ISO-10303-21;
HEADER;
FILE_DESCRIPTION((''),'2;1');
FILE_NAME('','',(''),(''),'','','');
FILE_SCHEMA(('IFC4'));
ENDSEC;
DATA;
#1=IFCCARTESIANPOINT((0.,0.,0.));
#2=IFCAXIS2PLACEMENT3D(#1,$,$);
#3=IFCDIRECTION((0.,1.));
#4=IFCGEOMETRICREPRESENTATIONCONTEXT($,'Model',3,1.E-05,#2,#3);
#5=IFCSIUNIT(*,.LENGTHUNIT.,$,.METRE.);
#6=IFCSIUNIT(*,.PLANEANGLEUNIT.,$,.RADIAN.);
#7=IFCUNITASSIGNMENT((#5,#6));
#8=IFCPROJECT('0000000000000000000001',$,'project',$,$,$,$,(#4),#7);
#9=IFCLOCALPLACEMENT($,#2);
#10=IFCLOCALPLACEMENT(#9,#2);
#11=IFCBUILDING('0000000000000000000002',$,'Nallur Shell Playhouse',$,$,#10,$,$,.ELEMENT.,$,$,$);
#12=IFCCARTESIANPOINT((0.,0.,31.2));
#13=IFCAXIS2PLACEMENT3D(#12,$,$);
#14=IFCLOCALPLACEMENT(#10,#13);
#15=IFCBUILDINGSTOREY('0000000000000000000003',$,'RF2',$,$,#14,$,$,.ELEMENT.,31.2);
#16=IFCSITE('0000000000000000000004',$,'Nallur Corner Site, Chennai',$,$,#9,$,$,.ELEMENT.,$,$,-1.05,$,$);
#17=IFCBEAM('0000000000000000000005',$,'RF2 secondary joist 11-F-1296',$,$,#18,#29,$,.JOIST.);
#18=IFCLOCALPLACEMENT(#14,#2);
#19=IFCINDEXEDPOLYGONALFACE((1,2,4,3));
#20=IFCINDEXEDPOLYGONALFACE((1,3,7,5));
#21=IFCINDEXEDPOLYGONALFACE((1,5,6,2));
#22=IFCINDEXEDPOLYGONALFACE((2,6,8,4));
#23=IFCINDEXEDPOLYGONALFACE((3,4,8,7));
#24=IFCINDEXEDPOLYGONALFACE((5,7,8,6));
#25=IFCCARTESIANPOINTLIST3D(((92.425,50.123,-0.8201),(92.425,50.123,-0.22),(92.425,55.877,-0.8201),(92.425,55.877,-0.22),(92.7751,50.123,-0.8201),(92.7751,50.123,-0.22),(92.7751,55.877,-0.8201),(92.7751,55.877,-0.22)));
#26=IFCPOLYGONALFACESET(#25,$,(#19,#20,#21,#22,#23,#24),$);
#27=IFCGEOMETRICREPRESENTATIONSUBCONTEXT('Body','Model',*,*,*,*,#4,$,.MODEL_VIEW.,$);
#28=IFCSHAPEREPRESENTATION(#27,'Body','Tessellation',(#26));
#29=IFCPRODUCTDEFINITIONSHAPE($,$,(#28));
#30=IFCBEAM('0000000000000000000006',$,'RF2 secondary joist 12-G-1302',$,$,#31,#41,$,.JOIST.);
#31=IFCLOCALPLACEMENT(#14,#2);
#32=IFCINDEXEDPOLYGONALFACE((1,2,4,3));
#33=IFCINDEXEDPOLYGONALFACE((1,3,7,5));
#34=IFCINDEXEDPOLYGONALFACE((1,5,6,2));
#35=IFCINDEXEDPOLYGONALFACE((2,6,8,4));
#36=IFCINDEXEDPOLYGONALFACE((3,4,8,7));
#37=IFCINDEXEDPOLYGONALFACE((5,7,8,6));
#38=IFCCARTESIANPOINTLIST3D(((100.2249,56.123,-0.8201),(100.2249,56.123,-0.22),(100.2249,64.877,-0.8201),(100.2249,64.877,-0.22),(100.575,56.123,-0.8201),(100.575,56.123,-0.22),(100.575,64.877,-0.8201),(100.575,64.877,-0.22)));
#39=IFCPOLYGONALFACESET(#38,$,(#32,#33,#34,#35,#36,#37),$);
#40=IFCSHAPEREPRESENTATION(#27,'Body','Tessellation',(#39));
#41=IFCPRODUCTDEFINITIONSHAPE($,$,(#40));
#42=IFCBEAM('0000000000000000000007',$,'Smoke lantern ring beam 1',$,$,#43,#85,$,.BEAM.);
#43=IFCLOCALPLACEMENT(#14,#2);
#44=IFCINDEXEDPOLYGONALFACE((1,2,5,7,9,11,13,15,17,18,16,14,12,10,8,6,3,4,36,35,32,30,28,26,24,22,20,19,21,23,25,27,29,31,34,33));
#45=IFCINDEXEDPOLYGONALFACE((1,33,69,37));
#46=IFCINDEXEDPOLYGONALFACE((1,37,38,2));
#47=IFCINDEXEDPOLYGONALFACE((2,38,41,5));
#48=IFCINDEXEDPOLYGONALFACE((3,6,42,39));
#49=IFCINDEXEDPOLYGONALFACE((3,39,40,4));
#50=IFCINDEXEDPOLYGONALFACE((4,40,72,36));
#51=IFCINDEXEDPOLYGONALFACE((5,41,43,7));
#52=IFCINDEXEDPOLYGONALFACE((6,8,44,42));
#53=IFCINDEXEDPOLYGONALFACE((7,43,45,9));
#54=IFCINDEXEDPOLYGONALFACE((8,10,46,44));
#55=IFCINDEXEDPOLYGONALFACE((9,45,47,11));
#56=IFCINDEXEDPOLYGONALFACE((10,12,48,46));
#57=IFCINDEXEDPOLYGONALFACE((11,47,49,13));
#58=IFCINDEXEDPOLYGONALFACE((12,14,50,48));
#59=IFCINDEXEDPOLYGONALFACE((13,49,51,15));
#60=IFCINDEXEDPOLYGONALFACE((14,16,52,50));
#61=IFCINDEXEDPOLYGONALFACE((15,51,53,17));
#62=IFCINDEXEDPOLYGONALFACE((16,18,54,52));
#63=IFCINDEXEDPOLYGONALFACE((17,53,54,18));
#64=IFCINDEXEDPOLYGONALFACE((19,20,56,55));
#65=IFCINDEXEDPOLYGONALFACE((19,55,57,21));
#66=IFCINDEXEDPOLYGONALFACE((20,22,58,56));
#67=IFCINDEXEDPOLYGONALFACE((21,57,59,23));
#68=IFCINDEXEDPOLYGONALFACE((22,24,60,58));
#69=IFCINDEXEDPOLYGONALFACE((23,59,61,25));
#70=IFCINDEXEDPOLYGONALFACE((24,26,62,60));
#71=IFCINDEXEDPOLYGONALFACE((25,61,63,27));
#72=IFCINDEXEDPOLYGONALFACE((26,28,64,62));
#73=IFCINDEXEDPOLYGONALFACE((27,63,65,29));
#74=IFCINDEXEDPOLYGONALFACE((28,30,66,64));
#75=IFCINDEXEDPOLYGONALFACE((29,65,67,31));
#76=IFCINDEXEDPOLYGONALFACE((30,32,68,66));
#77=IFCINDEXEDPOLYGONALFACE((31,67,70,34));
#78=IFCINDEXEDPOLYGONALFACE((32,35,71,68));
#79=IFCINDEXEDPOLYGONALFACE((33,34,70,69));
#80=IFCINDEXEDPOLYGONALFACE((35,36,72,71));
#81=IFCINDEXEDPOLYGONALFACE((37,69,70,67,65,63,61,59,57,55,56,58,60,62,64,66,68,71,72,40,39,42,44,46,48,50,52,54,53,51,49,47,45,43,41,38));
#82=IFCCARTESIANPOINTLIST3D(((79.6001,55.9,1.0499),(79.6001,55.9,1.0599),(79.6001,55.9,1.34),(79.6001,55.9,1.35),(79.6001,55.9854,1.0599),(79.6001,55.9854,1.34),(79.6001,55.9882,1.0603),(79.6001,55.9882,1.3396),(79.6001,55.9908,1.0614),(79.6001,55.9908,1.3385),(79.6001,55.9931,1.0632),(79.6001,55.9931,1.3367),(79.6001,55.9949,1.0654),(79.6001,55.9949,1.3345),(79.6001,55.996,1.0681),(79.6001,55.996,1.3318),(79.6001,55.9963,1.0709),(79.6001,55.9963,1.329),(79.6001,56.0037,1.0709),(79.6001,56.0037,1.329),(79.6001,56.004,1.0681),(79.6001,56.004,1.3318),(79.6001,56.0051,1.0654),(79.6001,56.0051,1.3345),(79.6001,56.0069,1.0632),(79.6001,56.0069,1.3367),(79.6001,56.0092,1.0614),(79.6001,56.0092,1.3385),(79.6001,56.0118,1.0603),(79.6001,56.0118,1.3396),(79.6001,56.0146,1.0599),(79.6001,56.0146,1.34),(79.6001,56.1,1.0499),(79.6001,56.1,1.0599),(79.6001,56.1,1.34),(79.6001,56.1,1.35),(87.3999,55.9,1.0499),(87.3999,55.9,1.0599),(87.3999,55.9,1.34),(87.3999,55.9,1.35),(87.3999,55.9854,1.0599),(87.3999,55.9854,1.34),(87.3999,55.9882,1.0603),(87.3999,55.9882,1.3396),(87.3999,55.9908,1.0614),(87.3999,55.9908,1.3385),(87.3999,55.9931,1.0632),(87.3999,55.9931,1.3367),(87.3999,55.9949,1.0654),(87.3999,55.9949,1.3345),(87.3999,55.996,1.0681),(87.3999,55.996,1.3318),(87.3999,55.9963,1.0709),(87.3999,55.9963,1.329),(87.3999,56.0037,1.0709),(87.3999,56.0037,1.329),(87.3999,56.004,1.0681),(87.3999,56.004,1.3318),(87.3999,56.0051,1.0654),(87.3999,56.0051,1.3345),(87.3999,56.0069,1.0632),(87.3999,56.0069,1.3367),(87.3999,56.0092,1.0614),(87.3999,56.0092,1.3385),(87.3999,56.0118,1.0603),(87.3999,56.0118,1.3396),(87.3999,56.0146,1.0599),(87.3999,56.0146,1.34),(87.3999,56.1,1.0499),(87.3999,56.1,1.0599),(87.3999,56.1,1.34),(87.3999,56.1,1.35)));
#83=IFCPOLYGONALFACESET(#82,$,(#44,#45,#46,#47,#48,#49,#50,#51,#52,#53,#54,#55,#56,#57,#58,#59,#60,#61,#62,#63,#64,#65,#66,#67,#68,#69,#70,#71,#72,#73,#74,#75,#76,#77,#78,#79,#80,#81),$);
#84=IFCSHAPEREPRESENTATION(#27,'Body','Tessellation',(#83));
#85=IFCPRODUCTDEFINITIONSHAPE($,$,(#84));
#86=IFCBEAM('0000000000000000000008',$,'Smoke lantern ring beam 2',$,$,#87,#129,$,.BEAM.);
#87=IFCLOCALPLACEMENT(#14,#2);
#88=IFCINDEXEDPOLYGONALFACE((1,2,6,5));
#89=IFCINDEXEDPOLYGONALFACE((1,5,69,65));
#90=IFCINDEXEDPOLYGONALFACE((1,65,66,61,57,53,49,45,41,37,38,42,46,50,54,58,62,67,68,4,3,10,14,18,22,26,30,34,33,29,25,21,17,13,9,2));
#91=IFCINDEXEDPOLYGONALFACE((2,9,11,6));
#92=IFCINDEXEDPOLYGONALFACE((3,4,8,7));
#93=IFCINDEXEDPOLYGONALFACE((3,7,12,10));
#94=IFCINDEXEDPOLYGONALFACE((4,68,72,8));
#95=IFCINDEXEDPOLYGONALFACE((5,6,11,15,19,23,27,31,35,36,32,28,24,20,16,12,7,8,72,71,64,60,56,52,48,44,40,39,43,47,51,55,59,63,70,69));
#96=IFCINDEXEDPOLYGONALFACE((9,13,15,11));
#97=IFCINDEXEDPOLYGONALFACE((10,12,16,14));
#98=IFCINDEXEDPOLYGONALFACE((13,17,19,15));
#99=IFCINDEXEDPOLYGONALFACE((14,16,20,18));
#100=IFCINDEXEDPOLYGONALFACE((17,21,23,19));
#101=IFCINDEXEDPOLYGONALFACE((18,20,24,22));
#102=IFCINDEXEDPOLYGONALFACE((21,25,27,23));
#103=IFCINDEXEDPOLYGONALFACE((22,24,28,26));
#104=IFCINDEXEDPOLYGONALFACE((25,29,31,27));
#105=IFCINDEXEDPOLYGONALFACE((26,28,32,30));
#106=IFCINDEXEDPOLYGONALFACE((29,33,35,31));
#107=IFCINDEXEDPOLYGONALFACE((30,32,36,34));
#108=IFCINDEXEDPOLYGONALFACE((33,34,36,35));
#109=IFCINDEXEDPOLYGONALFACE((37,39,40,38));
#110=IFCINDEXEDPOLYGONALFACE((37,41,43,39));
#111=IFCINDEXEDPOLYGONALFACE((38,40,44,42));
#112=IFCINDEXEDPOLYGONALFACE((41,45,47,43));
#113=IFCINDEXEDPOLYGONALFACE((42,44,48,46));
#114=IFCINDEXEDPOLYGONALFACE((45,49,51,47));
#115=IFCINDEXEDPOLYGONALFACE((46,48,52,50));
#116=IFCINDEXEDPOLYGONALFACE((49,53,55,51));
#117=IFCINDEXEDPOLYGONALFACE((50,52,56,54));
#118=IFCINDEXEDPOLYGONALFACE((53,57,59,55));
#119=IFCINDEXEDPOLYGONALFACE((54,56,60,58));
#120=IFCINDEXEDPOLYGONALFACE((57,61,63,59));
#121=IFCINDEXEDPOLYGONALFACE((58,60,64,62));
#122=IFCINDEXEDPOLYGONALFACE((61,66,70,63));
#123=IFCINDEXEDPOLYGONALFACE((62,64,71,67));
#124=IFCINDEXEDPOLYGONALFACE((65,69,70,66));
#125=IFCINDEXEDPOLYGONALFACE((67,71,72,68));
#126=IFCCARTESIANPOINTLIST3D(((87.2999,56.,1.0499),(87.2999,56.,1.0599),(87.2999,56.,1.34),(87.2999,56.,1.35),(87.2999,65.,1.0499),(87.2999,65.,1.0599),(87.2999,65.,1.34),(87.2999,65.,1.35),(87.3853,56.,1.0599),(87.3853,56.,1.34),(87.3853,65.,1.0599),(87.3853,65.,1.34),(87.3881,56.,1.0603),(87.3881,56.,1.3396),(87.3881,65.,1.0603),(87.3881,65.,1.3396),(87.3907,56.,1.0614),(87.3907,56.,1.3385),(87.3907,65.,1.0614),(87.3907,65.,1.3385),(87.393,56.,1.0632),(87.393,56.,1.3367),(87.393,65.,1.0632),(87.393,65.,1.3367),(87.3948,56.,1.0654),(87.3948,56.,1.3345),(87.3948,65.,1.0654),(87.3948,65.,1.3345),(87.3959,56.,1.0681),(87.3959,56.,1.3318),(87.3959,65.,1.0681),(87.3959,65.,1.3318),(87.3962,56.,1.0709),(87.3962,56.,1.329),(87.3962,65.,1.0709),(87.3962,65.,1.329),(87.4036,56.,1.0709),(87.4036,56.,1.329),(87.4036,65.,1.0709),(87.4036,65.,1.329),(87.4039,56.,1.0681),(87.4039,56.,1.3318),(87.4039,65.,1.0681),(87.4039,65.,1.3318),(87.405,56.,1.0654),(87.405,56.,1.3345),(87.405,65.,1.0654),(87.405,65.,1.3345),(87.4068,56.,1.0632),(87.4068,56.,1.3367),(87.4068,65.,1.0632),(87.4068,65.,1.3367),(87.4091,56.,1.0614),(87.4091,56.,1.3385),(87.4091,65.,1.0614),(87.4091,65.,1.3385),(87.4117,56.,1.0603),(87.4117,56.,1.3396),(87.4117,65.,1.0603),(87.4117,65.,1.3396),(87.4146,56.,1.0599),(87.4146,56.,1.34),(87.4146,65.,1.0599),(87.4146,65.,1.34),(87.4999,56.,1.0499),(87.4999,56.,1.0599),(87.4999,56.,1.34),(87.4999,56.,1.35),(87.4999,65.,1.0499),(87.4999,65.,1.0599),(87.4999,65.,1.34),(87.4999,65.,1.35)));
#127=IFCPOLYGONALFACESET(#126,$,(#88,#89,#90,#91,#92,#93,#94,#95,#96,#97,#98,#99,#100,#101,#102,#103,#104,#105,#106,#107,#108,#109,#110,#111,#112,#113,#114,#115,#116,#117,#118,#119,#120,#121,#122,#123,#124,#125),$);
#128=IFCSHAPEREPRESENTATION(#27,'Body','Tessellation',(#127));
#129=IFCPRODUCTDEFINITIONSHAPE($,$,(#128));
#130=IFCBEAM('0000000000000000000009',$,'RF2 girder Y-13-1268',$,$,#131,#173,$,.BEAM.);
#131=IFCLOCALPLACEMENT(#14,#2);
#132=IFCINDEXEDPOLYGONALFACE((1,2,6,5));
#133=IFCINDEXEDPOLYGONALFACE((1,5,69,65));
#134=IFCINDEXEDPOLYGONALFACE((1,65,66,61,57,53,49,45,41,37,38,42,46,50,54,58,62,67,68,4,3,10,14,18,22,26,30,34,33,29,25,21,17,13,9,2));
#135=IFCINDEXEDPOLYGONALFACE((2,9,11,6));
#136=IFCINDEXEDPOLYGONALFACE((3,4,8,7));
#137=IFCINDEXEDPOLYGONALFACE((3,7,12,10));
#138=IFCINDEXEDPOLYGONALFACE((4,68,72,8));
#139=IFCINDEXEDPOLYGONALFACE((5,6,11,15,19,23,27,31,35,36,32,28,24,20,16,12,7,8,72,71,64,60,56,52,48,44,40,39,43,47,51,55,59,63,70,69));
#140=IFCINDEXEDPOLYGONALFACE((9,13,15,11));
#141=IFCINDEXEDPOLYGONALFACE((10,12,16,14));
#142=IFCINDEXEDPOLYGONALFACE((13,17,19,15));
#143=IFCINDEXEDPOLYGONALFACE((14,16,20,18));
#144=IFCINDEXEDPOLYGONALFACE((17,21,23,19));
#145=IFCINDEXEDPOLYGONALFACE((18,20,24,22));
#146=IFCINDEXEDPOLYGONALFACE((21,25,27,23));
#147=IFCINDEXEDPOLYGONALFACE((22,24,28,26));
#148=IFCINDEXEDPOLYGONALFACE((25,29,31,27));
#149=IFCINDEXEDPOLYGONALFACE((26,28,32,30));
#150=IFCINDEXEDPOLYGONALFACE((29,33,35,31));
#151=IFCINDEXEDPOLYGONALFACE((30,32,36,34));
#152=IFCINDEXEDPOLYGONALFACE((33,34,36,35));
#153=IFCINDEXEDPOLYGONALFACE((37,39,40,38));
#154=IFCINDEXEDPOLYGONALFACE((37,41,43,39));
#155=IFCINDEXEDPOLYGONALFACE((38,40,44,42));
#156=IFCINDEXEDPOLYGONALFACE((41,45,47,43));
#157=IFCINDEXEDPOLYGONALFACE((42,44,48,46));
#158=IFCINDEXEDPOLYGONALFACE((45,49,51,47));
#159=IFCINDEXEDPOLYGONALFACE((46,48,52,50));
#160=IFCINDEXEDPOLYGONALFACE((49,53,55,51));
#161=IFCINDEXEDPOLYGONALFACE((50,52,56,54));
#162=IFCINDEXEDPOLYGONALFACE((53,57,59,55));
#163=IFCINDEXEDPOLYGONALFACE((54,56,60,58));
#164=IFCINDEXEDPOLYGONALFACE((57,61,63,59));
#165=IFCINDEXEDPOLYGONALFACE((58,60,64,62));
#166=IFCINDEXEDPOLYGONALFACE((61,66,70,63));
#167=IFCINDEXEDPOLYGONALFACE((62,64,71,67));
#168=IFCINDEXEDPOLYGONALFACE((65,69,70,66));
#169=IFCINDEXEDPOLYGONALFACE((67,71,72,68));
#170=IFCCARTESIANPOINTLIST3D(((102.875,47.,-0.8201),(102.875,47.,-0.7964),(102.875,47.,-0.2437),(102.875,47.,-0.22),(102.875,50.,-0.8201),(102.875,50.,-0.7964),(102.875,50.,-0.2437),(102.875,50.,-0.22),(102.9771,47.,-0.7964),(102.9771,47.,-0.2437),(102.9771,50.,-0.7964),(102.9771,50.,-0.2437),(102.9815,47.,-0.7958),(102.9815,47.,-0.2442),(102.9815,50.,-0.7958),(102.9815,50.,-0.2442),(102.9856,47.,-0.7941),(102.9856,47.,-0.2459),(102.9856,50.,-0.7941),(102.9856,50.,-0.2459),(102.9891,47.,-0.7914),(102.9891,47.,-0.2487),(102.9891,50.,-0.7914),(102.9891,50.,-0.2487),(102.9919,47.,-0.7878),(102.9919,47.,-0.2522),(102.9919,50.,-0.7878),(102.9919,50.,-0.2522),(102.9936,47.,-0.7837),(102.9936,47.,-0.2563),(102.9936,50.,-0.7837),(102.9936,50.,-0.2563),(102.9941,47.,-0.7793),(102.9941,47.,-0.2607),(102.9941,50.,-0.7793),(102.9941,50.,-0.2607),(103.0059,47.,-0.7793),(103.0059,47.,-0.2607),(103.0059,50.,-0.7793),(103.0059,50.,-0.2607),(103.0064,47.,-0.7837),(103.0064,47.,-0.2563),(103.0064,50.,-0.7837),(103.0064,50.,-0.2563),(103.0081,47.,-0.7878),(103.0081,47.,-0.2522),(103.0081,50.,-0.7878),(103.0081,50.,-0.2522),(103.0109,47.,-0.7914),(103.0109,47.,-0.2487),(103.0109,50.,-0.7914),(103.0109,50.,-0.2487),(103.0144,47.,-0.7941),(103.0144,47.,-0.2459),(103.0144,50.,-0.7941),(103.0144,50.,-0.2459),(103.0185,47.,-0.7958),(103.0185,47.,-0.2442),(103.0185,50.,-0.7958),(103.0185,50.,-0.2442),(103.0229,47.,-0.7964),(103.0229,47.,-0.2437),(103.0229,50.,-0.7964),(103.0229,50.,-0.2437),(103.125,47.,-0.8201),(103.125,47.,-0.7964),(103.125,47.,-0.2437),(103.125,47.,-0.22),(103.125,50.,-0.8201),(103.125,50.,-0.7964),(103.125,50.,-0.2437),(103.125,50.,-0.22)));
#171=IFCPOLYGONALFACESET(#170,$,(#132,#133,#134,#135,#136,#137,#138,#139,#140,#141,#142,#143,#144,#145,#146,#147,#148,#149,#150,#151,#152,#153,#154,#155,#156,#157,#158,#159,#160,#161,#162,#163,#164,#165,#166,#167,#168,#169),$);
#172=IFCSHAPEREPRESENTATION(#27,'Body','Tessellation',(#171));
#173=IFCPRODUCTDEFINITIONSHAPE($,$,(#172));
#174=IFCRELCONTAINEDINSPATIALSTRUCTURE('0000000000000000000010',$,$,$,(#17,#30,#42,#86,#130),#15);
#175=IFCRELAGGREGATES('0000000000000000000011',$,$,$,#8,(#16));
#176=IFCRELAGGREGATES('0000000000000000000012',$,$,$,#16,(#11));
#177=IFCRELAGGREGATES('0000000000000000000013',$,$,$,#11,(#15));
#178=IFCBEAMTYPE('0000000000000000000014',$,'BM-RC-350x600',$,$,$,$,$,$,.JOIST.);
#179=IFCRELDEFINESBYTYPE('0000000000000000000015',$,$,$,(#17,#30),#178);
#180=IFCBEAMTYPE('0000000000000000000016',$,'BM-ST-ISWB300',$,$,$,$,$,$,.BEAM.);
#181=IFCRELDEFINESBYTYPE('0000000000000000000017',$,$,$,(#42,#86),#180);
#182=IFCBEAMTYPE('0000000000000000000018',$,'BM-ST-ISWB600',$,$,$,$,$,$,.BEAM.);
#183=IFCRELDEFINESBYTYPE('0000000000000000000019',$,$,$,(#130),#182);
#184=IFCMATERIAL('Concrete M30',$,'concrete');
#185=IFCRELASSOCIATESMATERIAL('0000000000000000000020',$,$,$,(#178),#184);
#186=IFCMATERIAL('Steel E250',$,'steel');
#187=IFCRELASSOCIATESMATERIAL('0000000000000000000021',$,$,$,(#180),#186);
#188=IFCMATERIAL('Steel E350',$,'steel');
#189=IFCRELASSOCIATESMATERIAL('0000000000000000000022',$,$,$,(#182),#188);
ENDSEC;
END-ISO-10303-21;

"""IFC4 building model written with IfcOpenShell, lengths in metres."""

from ifc_helpers import new_model, si_unit, direction, frame, origin, origin_2d, place, context, subcontext, project, spatial, rectangle, i_section, extrude, material, material_profile, profile_set, type_object, element, save


model = new_model("IFC4")

# Units and contexts
model_context = context("Model", 3, precision=1e-05, world=origin(), true_north=direction((0.0, 1.0)))
body_context = subcontext(model_context, "Body", "Model", "MODEL_VIEW")
ifc_project = project(units=[si_unit("LENGTHUNIT", "METRE"), si_unit("PLANEANGLEUNIT", "RADIAN")], contexts=[model_context])

# Site, building, storey
site_placement = place(None, origin())
site = spatial("IfcSite", under=ifc_project, at=site_placement, Name="Nallur Corner Site, Chennai", CompositionType="ELEMENT", RefElevation=-1.05)
building_placement = place(site_placement, origin())
building = spatial("IfcBuilding", under=site, at=building_placement, Name="Nallur Shell Playhouse", CompositionType="ELEMENT")
storey_placement = place(building_placement, frame((0.0, 0.0, 31.2)))
storey = spatial("IfcBuildingStorey", under=building, at=storey_placement, Name="RF2", CompositionType="ELEMENT", Elevation=31.2)

# Beams
ifc_material_1 = material(Name="Steel E250", Category="steel")
ifc_material_2 = material(Name="Concrete M30", Category="concrete")
ifc_material_profile_1 = material_profile(ifc_material_2, rectangle(XDim=0.3501, YDim=0.6001, at=origin_2d()), Name="RC 350x600")
ifc_profile_set_1 = profile_set([ifc_material_profile_1], Name="Concrete M30")
beam_type_1 = type_object("IfcBeamType", Name="BM-RC-350x600", PredefinedType="JOIST", material=ifc_profile_set_1)
beam_1_placement = place(storey_placement, frame((92.6001, 50.123, -0.52), z_axis=(0.0, 1.0, 0.0), x_axis=(-1.0, 0.0, 0.0)))
element("IfcBeam", 1, at=beam_1_placement, inside=storey, type_object=beam_type_1, Name="RF2 secondary joist 11-F-1296", PredefinedType="JOIST", context=body_context, shape_type="SweptSolid", body=[
    extrude(rectangle(XDim=0.3501, YDim=0.6001, at=origin_2d()), origin(), (0.0, 0.0, 1.0), 5.7539),
])
beam_2_placement = place(storey_placement, frame((100.3999, 56.123, -0.52), z_axis=(0.0, 1.0, 0.0), x_axis=(-1.0, 0.0, 0.0)))
element("IfcBeam", 2, at=beam_2_placement, inside=storey, type_object=beam_type_1, Name="RF2 secondary joist 12-G-1302", PredefinedType="JOIST", context=body_context, shape_type="SweptSolid", body=[
    extrude(rectangle(XDim=0.3501, YDim=0.6001, at=origin_2d()), origin(), (0.0, 0.0, 1.0), 8.7539),
])
ifc_material_profile_2 = material_profile(ifc_material_1, i_section(OverallWidth=0.2, OverallDepth=0.3, WebThickness=0.0073, FlangeThickness=0.01, FilletRadius=0.011, at=origin_2d()), Name="ISWB 300")
ifc_profile_set_2 = profile_set([ifc_material_profile_2], Name="Steel E250")
beam_type_2 = type_object("IfcBeamType", Name="BM-ST-ISWB300", PredefinedType="BEAM", material=ifc_profile_set_2)
beam_3_placement = place(storey_placement, frame((79.6001, 56.0, 1.2), z_axis=(1.0, 0.0, 0.0), x_axis=(0.0, 1.0, 0.0)))
element("IfcBeam", 3, at=beam_3_placement, inside=storey, type_object=beam_type_2, Name="Smoke lantern ring beam 1", PredefinedType="BEAM", context=body_context, shape_type="SweptSolid", body=[
    extrude(i_section(OverallWidth=0.2, OverallDepth=0.3, WebThickness=0.0073, FlangeThickness=0.01, FilletRadius=0.011, at=origin_2d()), origin(), (0.0, 0.0, 1.0), 7.7998),
])
beam_4_placement = place(storey_placement, frame((87.3999, 56.0, 1.2), z_axis=(0.0, 1.0, 0.0), x_axis=(-1.0, 0.0, 0.0)))
element("IfcBeam", 4, at=beam_4_placement, inside=storey, type_object=beam_type_2, Name="Smoke lantern ring beam 2", PredefinedType="BEAM", context=body_context, shape_type="SweptSolid", body=[
    extrude(i_section(OverallWidth=0.2, OverallDepth=0.3, WebThickness=0.0073, FlangeThickness=0.01, FilletRadius=0.011, at=origin_2d()), origin(), (0.0, 0.0, 1.0), 9.0),
])
ifc_material_3 = material(Name="Steel E350", Category="steel")
ifc_material_profile_3 = material_profile(ifc_material_3, i_section(OverallWidth=0.25, OverallDepth=0.6001, WebThickness=0.0117, FlangeThickness=0.0237, FilletRadius=0.0171, at=origin_2d()), Name="ISWB 600")
ifc_profile_set_3 = profile_set([ifc_material_profile_3], Name="Steel E350")
beam_type_3 = type_object("IfcBeamType", Name="BM-ST-ISWB600", PredefinedType="BEAM", material=ifc_profile_set_3)
beam_5_placement = place(storey_placement, frame((103.0, 47.0, -0.52), z_axis=(0.0, 1.0, 0.0), x_axis=(-1.0, 0.0, 0.0)))
element("IfcBeam", 5, at=beam_5_placement, inside=storey, type_object=beam_type_3, Name="RF2 girder Y-13-1268", PredefinedType="BEAM", context=body_context, shape_type="SweptSolid", body=[
    extrude(i_section(OverallWidth=0.25, OverallDepth=0.6001, WebThickness=0.0117, FlangeThickness=0.0237, FilletRadius=0.0171, at=origin_2d()), origin(), (0.0, 0.0, 1.0), 3.0),
])

save(model, "model.ifc")
